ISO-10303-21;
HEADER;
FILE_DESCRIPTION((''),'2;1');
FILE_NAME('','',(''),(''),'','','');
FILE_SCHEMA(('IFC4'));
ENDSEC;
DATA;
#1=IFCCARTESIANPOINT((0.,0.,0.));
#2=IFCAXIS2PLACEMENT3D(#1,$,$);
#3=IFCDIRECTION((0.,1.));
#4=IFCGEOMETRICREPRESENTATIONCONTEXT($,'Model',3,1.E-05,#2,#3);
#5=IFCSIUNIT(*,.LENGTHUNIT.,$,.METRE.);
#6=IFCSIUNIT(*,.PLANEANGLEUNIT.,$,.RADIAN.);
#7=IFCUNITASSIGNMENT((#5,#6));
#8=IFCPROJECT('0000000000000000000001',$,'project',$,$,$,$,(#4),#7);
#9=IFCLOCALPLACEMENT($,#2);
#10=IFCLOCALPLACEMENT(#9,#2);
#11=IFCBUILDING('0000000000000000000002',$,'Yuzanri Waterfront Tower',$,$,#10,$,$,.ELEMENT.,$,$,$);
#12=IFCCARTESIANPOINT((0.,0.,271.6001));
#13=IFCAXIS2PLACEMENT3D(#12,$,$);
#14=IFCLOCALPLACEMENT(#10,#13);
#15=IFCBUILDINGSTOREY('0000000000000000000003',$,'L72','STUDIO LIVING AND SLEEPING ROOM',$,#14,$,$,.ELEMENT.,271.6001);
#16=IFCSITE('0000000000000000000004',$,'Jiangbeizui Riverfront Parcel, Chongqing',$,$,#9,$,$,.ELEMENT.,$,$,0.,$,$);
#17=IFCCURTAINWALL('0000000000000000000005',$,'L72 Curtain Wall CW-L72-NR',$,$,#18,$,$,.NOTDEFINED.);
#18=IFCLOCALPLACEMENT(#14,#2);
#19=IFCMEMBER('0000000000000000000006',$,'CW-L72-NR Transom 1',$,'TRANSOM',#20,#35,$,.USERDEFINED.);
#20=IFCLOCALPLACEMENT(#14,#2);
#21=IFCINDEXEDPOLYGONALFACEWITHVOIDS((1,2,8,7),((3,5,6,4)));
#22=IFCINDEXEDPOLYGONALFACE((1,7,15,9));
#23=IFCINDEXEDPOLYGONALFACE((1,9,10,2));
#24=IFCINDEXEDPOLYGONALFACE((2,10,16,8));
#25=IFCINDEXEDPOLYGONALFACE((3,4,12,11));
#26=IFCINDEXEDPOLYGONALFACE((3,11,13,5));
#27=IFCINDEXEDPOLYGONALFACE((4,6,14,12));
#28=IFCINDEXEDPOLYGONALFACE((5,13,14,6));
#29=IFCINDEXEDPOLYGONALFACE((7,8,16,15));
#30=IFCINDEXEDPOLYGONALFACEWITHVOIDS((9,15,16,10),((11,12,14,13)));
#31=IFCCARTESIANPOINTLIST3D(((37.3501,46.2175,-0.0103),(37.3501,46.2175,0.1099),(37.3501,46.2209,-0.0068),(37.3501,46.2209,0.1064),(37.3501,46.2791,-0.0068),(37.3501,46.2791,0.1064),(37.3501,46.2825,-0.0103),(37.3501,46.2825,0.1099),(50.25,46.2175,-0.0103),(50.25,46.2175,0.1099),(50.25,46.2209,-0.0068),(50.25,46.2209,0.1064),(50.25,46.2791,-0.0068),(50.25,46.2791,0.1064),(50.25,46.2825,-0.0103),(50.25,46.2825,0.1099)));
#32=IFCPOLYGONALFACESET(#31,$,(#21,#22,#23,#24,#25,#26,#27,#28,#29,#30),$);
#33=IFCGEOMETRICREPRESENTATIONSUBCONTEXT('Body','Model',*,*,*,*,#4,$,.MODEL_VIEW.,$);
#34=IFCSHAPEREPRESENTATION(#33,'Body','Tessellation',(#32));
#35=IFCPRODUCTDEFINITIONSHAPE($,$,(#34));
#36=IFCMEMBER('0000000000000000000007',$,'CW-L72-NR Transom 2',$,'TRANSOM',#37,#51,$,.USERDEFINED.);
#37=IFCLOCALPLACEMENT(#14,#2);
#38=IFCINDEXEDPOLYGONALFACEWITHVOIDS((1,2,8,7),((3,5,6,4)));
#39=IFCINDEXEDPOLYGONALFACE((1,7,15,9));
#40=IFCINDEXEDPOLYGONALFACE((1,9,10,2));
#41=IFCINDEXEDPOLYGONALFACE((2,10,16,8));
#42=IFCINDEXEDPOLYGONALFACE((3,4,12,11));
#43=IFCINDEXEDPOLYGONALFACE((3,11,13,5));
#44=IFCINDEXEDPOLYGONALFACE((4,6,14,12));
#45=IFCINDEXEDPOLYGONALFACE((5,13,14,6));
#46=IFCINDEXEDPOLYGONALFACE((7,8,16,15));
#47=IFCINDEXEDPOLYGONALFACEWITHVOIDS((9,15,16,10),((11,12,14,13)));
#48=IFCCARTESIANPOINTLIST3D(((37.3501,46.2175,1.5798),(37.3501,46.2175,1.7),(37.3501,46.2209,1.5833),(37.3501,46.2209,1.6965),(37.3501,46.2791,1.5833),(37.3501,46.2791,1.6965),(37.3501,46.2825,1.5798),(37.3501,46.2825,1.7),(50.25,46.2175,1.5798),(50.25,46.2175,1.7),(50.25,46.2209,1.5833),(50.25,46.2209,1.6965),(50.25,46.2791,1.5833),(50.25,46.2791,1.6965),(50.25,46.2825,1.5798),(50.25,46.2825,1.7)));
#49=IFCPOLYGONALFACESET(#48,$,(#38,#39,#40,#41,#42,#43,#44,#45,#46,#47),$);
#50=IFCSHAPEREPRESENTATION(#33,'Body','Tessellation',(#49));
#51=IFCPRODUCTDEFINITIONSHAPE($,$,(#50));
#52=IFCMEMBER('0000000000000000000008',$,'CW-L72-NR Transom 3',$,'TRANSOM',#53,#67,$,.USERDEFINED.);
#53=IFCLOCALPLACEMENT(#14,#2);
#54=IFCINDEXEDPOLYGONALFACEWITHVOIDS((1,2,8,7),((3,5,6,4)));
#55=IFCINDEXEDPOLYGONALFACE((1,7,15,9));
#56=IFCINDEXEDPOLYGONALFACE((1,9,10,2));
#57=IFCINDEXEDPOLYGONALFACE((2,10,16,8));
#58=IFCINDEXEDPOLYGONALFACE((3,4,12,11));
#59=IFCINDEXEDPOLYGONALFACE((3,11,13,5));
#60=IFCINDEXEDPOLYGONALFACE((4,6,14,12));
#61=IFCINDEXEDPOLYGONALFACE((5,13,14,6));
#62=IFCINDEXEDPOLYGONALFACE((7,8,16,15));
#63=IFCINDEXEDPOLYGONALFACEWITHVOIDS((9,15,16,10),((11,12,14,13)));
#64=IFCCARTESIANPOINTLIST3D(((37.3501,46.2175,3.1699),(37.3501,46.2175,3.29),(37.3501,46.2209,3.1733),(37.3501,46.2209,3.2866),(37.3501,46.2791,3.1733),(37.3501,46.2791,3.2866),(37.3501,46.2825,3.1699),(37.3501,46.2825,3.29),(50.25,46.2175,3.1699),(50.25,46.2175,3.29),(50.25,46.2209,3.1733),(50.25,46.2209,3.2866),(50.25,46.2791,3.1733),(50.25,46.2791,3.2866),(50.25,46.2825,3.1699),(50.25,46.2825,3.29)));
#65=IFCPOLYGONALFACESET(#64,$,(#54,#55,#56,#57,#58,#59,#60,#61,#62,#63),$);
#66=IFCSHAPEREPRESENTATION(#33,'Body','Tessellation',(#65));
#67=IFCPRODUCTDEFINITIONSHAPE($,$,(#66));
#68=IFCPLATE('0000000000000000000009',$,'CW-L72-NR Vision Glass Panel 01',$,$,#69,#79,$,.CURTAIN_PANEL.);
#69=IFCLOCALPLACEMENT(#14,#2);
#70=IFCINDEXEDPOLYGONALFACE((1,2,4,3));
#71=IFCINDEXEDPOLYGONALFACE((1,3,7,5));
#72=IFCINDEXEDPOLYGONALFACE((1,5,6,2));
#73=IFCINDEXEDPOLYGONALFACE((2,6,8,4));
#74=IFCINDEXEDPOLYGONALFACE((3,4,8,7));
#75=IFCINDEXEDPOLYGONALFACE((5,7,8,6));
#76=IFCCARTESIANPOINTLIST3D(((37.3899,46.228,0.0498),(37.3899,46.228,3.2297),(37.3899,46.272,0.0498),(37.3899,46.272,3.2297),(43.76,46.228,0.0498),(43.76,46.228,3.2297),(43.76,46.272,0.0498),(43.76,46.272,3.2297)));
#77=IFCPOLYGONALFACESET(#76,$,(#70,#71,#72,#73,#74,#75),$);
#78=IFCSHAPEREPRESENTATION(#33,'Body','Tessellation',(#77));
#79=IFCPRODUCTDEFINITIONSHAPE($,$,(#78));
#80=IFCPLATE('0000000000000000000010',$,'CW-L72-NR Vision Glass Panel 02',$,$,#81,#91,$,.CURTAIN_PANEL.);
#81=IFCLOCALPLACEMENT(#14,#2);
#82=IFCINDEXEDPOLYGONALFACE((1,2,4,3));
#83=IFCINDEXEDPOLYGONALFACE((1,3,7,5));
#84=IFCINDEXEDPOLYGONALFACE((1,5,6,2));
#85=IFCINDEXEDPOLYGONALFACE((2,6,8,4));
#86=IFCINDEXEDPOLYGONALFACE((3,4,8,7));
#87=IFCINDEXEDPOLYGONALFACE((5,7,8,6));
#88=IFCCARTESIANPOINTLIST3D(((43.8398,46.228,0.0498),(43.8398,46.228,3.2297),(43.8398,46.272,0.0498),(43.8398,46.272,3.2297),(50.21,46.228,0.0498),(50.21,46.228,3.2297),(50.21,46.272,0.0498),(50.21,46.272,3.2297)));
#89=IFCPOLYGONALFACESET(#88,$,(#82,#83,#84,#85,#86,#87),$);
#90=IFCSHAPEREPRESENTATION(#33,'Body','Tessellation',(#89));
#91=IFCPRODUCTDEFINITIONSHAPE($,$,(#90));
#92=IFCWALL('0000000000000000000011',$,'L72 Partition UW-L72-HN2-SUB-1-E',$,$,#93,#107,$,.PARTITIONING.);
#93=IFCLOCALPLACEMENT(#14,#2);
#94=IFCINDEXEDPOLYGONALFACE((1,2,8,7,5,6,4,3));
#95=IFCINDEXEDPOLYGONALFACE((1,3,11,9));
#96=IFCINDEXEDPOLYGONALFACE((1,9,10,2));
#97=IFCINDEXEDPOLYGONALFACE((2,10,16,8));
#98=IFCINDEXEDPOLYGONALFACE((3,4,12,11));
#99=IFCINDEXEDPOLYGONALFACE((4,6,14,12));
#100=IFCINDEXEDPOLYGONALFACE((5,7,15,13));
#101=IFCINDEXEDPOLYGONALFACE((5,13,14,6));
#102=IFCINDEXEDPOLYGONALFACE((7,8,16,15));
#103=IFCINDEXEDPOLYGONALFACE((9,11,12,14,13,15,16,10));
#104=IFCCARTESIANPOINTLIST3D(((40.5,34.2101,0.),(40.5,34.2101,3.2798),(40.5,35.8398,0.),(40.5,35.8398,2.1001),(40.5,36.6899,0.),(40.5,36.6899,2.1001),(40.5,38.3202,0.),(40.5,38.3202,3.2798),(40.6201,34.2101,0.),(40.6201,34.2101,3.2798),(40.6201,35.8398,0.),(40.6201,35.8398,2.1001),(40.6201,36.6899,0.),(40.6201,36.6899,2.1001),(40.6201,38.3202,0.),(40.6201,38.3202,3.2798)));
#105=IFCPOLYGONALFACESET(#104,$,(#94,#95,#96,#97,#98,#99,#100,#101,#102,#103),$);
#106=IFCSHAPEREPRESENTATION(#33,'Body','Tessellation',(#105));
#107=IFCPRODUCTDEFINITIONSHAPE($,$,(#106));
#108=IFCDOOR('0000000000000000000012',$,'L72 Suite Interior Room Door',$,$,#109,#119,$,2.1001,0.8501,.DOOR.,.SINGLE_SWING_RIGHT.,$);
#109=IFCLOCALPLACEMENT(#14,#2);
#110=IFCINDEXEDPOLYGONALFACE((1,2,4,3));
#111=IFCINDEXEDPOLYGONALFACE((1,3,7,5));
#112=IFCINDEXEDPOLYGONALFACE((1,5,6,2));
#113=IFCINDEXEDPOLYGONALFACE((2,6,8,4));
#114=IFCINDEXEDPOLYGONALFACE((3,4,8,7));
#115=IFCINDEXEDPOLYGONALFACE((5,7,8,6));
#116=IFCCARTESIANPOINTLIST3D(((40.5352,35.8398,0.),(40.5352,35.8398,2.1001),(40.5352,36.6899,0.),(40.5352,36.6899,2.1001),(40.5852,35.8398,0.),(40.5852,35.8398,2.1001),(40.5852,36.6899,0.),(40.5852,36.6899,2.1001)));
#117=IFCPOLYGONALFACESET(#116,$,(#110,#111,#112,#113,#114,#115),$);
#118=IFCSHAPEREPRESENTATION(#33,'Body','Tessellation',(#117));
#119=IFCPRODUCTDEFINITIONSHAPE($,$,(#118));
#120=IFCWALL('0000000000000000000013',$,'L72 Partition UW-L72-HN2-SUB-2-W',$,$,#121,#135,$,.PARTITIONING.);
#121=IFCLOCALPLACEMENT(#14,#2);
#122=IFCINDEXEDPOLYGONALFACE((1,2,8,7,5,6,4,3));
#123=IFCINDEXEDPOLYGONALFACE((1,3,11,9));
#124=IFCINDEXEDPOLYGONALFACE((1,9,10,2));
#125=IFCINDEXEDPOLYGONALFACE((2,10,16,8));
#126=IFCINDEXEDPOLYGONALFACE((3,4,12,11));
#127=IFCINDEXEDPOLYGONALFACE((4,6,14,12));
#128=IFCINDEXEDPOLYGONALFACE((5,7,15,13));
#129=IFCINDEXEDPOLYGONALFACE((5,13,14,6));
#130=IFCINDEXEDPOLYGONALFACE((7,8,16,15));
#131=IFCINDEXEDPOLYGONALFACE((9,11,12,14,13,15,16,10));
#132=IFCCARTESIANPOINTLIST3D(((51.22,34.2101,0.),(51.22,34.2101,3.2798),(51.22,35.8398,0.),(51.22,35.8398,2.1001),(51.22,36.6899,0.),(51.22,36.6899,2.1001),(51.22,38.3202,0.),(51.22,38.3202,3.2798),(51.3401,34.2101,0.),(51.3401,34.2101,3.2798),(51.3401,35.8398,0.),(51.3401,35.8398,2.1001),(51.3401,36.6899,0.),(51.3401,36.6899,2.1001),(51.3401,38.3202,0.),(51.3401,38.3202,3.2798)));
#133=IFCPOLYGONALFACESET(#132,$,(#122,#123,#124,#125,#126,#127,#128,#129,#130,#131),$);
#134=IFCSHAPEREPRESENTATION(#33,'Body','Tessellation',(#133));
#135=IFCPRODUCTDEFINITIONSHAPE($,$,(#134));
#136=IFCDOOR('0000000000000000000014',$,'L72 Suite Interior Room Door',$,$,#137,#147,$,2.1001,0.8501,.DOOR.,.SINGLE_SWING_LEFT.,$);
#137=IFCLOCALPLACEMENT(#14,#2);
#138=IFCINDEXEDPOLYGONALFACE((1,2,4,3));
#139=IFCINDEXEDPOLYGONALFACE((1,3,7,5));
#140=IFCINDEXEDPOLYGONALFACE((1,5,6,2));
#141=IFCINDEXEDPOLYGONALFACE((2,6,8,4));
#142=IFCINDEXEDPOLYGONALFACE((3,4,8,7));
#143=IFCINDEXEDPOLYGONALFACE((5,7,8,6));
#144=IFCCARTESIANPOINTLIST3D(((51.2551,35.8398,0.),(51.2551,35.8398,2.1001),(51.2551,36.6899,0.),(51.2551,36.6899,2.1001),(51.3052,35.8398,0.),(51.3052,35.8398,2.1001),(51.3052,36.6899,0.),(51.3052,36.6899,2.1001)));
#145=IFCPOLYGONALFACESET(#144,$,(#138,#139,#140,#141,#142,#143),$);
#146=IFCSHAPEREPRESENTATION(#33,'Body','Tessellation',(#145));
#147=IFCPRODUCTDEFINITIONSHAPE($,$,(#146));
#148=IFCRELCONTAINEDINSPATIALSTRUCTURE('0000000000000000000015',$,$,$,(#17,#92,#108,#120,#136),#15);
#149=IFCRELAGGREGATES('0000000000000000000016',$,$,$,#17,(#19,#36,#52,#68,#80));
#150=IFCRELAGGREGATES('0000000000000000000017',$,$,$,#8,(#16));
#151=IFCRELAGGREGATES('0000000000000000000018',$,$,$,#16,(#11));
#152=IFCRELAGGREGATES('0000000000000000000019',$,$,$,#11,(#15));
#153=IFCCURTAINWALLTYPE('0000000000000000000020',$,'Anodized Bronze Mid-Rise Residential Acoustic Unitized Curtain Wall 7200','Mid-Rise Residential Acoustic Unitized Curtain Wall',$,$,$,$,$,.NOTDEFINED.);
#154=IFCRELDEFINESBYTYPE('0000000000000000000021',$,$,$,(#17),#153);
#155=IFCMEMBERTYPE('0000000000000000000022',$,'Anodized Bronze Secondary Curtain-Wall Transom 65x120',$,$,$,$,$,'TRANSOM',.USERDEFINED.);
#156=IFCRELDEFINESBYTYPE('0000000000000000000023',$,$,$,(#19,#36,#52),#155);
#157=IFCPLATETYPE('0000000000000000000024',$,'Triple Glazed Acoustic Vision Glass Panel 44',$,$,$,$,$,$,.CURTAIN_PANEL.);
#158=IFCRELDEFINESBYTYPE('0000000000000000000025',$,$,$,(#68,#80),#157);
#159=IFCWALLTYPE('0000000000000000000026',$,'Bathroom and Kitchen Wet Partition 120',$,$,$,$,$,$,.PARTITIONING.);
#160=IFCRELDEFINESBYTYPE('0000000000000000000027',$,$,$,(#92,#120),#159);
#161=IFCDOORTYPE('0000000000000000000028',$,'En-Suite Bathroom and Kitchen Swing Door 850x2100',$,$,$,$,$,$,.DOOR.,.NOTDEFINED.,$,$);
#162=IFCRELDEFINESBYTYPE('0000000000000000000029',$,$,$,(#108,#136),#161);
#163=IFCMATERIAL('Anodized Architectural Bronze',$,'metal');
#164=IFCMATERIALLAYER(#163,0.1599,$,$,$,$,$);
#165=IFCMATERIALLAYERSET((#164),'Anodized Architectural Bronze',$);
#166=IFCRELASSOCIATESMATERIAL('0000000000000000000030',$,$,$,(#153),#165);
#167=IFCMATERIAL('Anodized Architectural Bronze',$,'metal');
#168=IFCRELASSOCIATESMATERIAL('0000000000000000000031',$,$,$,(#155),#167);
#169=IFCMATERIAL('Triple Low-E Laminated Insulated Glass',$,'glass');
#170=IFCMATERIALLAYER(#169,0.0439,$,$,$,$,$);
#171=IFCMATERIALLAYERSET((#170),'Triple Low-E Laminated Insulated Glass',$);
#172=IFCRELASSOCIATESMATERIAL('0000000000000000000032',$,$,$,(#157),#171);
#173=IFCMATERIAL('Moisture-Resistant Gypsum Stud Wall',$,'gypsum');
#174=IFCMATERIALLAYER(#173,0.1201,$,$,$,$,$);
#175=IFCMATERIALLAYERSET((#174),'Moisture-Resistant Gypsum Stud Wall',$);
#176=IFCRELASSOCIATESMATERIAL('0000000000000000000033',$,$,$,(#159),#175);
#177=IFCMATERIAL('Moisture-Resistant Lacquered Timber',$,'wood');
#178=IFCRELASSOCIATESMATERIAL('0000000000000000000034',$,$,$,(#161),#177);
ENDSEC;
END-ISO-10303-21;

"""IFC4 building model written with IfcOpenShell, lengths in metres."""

from ifc_helpers import new_model, si_unit, direction, frame, frame_2d, origin, origin_2d, place, context, subcontext, project, spatial, rectangle, hollow_rectangle, extrude, source, transform, mapped, material, layer, layer_set, material_profile, profile_set, type_object, element, fill, aggregate, save


model = new_model("IFC4")

# Units and contexts
model_context = context("Model", 3, precision=1e-05, world=origin(), true_north=direction((0.0, 1.0)))
body_context = subcontext(model_context, "Body", "Model", "MODEL_VIEW")
ifc_project = project(units=[si_unit("LENGTHUNIT", "METRE"), si_unit("PLANEANGLEUNIT", "RADIAN")], contexts=[model_context])

# Site, building, storey
site_placement = place(None, origin())
site = spatial("IfcSite", under=ifc_project, at=site_placement, Name="Jiangbeizui Riverfront Parcel, Chongqing", CompositionType="ELEMENT", RefElevation=0.0)
building_placement = place(site_placement, origin())
building = spatial("IfcBuilding", under=site, at=building_placement, Name="Yuzanri Waterfront Tower", CompositionType="ELEMENT")
storey_placement = place(building_placement, frame((0.0, 0.0, 271.6001)))
storey = spatial("IfcBuildingStorey", under=building, at=storey_placement, Name="L72", Description="STUDIO LIVING AND SLEEPING ROOM", CompositionType="ELEMENT", Elevation=271.6001)

# Curtain wall, members, plates
ifc_material_1 = material(Name="Anodized Architectural Bronze", Category="metal")
ifc_layer_1 = layer(ifc_material_1, 0.1599)
ifc_layer_set_1 = layer_set([ifc_layer_1], Name="Anodized Architectural Bronze")
curtain_wall_type = type_object("IfcCurtainWallType", Name="Anodized Bronze Mid-Rise Residential Acoustic Unitized Curtain Wall 7200", Description="Mid-Rise Residential Acoustic Unitized Curtain Wall", PredefinedType="NOTDEFINED", material=ifc_layer_set_1)
curtain_wall_placement = place(storey_placement, origin())
curtain_wall = element("IfcCurtainWall", 1, at=curtain_wall_placement, inside=storey, type_object=curtain_wall_type, Name="L72 Curtain Wall CW-L72-NR", PredefinedType="NOTDEFINED")
ifc_material_2 = material(Name="Anodized Architectural Bronze", Category="metal")
ifc_material_profile_1 = material_profile(ifc_material_2, hollow_rectangle(XDim=0.0649, YDim=0.1201, WallThickness=0.0034, at=origin_2d()), Name="CWT 65x120")
ifc_profile_set_1 = profile_set([ifc_material_profile_1], Name="Anodized Architectural Bronze")
member_type_1 = type_object("IfcMemberType", Name="Anodized Bronze Secondary Curtain-Wall Transom 65x120", ElementType="TRANSOM", PredefinedType="USERDEFINED", material=ifc_profile_set_1)
shared_shape_1 = source(origin(), body_context, "Body", "SweptSolid", [
    extrude(hollow_rectangle(XDim=0.0649, YDim=0.1201, WallThickness=0.0034, at=origin_2d()), origin(), (0.0, 0.0, 1.0), 12.8999),
])
member_1_placement = place(storey_placement, frame((37.3501, 46.25, 0.0498), z_axis=(1.0, 0.0, 0.0), x_axis=(0.0, 1.0, 0.0)))
member_1 = element("IfcMember", 2, at=member_1_placement, type_object=member_type_1, Name="CW-L72-NR Transom 1", ObjectType="TRANSOM", PredefinedType="USERDEFINED", context=body_context, shape_type="MappedRepresentation", body=[
    mapped(shared_shape_1, transform((0.0, 0.0, 0.0), scale=1.0)),
])
member_2_placement = place(storey_placement, frame((37.3501, 46.25, 1.6399), z_axis=(1.0, 0.0, 0.0), x_axis=(0.0, 1.0, 0.0)))
member_2 = element("IfcMember", 3, at=member_2_placement, type_object=member_type_1, Name="CW-L72-NR Transom 2", ObjectType="TRANSOM", PredefinedType="USERDEFINED", context=body_context, shape_type="MappedRepresentation", body=[
    mapped(shared_shape_1, transform((0.0, 0.0, 0.0), scale=1.0)),
])
member_3_placement = place(storey_placement, frame((37.3501, 46.25, 3.23), z_axis=(1.0, 0.0, 0.0), x_axis=(0.0, 1.0, 0.0)))
member_3 = element("IfcMember", 4, at=member_3_placement, type_object=member_type_1, Name="CW-L72-NR Transom 3", ObjectType="TRANSOM", PredefinedType="USERDEFINED", context=body_context, shape_type="MappedRepresentation", body=[
    mapped(shared_shape_1, transform((0.0, 0.0, 0.0), scale=1.0)),
])
ifc_material_3 = material(Name="Triple Low-E Laminated Insulated Glass", Category="glass")
ifc_layer_2 = layer(ifc_material_3, 0.0439)
ifc_layer_set_2 = layer_set([ifc_layer_2], Name="Triple Low-E Laminated Insulated Glass")
plate_type = type_object("IfcPlateType", Name="Triple Glazed Acoustic Vision Glass Panel 44", PredefinedType="CURTAIN_PANEL", material=ifc_layer_set_2)
shared_shape_2 = source(origin(), body_context, "Body", "SweptSolid", [
    extrude(rectangle(XDim=6.3701, YDim=0.0439, at=origin_2d()), origin(), (0.0, 0.0, 1.0), 3.1799),
])
plate_1_placement = place(storey_placement, frame((40.575, 46.25, 0.0498), z_axis=(0.0, 0.0, 1.0), x_axis=(1.0, 0.0, 0.0)))
plate_1 = element("IfcPlate", 5, at=plate_1_placement, type_object=plate_type, Name="CW-L72-NR Vision Glass Panel 01", PredefinedType="CURTAIN_PANEL", context=body_context, shape_type="MappedRepresentation", body=[
    mapped(shared_shape_2, transform((0.0, 0.0, 0.0), scale=1.0)),
])
plate_2_placement = place(storey_placement, frame((47.0249, 46.25, 0.0498), z_axis=(0.0, 0.0, 1.0), x_axis=(1.0, 0.0, 0.0)))
plate_2 = element("IfcPlate", 6, at=plate_2_placement, type_object=plate_type, Name="CW-L72-NR Vision Glass Panel 02", PredefinedType="CURTAIN_PANEL", context=body_context, shape_type="MappedRepresentation", body=[
    mapped(shared_shape_2, transform((0.0, 0.0, 0.0), scale=1.0)),
])
aggregate(curtain_wall, [member_1, member_2, member_3, plate_1, plate_2])

# Walls, openings, doors
ifc_material_4 = material(Name="Moisture-Resistant Gypsum Stud Wall", Category="gypsum")
ifc_layer_3 = layer(ifc_material_4, 0.1201)
ifc_layer_set_3 = layer_set([ifc_layer_3], Name="Moisture-Resistant Gypsum Stud Wall")
wall_type_1 = type_object("IfcWallType", Name="Bathroom and Kitchen Wet Partition 120", PredefinedType="PARTITIONING", material=ifc_layer_set_3)
wall_1_placement = place(storey_placement, frame((40.5601, 34.21, 0.0), z_axis=(0.0, 0.0, 1.0), x_axis=(0.0, 1.0, 0.0)))
wall_1 = element("IfcWall", 7, at=wall_1_placement, inside=storey, type_object=wall_type_1, Name="L72 Partition UW-L72-HN2-SUB-1-E", PredefinedType="PARTITIONING", context=body_context, shape_type="SweptSolid", body=[
    extrude(rectangle(XDim=4.1101, YDim=0.1201, at=frame_2d((2.0552, 0.0))), origin(), (0.0, 0.0, 1.0), 3.2798),
])
opening_1_placement = place(wall_1_placement, frame((1.6299, 0.0, 0.0)))
opening_1 = element("IfcOpeningElement", 8, at=opening_1_placement, cuts=wall_1, PredefinedType="OPENING", context=body_context, shape_type="SweptSolid", body=[
    extrude(rectangle(XDim=0.8501, YDim=2.1001, at=frame_2d((0.425, 1.05))), frame((0.0, 0.075, 0.0), z_axis=(0.0, -1.0, 0.0), x_axis=(1.0, 0.0, 0.0)), (0.0, 0.0, 1.0), 0.1499),
])
ifc_material_5 = material(Name="Moisture-Resistant Lacquered Timber", Category="wood")
door_type_1 = type_object("IfcDoorType", Name="En-Suite Bathroom and Kitchen Swing Door 850x2100", OperationType="NOTDEFINED", PredefinedType="DOOR", material=ifc_material_5)
shared_shape_3 = source(origin(), body_context, "Body", "SweptSolid", [
    extrude(rectangle(XDim=0.8501, YDim=2.1001, at=frame_2d((0.425, 1.05))), frame((0.0, 0.0249, 0.0), z_axis=(0.0, -1.0, 0.0), x_axis=(1.0, 0.0, 0.0)), (0.0, 0.0, 1.0), 0.05),
])
door_1_placement = place(opening_1_placement, origin())
door_1 = element("IfcDoor", 9, at=door_1_placement, inside=storey, type_object=door_type_1, Name="L72 Suite Interior Room Door", OperationType="SINGLE_SWING_RIGHT", OverallHeight=2.1001, OverallWidth=0.8501, PredefinedType="DOOR", context=body_context, shape_type="MappedRepresentation", body=[
    mapped(shared_shape_3, transform((0.0, 0.0, 0.0), scale=1.0)),
])
fill(opening_1, door_1)
wall_2_placement = place(storey_placement, frame((51.28, 34.21, 0.0), z_axis=(0.0, 0.0, 1.0), x_axis=(0.0, 1.0, 0.0)))
wall_2 = element("IfcWall", 10, at=wall_2_placement, inside=storey, type_object=wall_type_1, Name="L72 Partition UW-L72-HN2-SUB-2-W", PredefinedType="PARTITIONING", context=body_context, shape_type="SweptSolid", body=[
    extrude(rectangle(XDim=4.1101, YDim=0.1201, at=frame_2d((2.0552, 0.0))), origin(), (0.0, 0.0, 1.0), 3.2798),
])
opening_2_placement = place(wall_2_placement, frame((1.6299, 0.0, 0.0)))
opening_2 = element("IfcOpeningElement", 11, at=opening_2_placement, cuts=wall_2, PredefinedType="OPENING", context=body_context, shape_type="SweptSolid", body=[
    extrude(rectangle(XDim=0.8501, YDim=2.1001, at=frame_2d((0.425, 1.05))), frame((0.0, 0.075, 0.0), z_axis=(0.0, -1.0, 0.0), x_axis=(1.0, 0.0, 0.0)), (0.0, 0.0, 1.0), 0.1499),
])
door_2_placement = place(opening_2_placement, origin())
door_2 = element("IfcDoor", 12, at=door_2_placement, inside=storey, type_object=door_type_1, Name="L72 Suite Interior Room Door", OperationType="SINGLE_SWING_LEFT", OverallHeight=2.1001, OverallWidth=0.8501, PredefinedType="DOOR", context=body_context, shape_type="MappedRepresentation", body=[
    mapped(shared_shape_3, transform((0.0, 0.0, 0.0), scale=1.0)),
])
fill(opening_2, door_2)

save(model, "model.ifc")
